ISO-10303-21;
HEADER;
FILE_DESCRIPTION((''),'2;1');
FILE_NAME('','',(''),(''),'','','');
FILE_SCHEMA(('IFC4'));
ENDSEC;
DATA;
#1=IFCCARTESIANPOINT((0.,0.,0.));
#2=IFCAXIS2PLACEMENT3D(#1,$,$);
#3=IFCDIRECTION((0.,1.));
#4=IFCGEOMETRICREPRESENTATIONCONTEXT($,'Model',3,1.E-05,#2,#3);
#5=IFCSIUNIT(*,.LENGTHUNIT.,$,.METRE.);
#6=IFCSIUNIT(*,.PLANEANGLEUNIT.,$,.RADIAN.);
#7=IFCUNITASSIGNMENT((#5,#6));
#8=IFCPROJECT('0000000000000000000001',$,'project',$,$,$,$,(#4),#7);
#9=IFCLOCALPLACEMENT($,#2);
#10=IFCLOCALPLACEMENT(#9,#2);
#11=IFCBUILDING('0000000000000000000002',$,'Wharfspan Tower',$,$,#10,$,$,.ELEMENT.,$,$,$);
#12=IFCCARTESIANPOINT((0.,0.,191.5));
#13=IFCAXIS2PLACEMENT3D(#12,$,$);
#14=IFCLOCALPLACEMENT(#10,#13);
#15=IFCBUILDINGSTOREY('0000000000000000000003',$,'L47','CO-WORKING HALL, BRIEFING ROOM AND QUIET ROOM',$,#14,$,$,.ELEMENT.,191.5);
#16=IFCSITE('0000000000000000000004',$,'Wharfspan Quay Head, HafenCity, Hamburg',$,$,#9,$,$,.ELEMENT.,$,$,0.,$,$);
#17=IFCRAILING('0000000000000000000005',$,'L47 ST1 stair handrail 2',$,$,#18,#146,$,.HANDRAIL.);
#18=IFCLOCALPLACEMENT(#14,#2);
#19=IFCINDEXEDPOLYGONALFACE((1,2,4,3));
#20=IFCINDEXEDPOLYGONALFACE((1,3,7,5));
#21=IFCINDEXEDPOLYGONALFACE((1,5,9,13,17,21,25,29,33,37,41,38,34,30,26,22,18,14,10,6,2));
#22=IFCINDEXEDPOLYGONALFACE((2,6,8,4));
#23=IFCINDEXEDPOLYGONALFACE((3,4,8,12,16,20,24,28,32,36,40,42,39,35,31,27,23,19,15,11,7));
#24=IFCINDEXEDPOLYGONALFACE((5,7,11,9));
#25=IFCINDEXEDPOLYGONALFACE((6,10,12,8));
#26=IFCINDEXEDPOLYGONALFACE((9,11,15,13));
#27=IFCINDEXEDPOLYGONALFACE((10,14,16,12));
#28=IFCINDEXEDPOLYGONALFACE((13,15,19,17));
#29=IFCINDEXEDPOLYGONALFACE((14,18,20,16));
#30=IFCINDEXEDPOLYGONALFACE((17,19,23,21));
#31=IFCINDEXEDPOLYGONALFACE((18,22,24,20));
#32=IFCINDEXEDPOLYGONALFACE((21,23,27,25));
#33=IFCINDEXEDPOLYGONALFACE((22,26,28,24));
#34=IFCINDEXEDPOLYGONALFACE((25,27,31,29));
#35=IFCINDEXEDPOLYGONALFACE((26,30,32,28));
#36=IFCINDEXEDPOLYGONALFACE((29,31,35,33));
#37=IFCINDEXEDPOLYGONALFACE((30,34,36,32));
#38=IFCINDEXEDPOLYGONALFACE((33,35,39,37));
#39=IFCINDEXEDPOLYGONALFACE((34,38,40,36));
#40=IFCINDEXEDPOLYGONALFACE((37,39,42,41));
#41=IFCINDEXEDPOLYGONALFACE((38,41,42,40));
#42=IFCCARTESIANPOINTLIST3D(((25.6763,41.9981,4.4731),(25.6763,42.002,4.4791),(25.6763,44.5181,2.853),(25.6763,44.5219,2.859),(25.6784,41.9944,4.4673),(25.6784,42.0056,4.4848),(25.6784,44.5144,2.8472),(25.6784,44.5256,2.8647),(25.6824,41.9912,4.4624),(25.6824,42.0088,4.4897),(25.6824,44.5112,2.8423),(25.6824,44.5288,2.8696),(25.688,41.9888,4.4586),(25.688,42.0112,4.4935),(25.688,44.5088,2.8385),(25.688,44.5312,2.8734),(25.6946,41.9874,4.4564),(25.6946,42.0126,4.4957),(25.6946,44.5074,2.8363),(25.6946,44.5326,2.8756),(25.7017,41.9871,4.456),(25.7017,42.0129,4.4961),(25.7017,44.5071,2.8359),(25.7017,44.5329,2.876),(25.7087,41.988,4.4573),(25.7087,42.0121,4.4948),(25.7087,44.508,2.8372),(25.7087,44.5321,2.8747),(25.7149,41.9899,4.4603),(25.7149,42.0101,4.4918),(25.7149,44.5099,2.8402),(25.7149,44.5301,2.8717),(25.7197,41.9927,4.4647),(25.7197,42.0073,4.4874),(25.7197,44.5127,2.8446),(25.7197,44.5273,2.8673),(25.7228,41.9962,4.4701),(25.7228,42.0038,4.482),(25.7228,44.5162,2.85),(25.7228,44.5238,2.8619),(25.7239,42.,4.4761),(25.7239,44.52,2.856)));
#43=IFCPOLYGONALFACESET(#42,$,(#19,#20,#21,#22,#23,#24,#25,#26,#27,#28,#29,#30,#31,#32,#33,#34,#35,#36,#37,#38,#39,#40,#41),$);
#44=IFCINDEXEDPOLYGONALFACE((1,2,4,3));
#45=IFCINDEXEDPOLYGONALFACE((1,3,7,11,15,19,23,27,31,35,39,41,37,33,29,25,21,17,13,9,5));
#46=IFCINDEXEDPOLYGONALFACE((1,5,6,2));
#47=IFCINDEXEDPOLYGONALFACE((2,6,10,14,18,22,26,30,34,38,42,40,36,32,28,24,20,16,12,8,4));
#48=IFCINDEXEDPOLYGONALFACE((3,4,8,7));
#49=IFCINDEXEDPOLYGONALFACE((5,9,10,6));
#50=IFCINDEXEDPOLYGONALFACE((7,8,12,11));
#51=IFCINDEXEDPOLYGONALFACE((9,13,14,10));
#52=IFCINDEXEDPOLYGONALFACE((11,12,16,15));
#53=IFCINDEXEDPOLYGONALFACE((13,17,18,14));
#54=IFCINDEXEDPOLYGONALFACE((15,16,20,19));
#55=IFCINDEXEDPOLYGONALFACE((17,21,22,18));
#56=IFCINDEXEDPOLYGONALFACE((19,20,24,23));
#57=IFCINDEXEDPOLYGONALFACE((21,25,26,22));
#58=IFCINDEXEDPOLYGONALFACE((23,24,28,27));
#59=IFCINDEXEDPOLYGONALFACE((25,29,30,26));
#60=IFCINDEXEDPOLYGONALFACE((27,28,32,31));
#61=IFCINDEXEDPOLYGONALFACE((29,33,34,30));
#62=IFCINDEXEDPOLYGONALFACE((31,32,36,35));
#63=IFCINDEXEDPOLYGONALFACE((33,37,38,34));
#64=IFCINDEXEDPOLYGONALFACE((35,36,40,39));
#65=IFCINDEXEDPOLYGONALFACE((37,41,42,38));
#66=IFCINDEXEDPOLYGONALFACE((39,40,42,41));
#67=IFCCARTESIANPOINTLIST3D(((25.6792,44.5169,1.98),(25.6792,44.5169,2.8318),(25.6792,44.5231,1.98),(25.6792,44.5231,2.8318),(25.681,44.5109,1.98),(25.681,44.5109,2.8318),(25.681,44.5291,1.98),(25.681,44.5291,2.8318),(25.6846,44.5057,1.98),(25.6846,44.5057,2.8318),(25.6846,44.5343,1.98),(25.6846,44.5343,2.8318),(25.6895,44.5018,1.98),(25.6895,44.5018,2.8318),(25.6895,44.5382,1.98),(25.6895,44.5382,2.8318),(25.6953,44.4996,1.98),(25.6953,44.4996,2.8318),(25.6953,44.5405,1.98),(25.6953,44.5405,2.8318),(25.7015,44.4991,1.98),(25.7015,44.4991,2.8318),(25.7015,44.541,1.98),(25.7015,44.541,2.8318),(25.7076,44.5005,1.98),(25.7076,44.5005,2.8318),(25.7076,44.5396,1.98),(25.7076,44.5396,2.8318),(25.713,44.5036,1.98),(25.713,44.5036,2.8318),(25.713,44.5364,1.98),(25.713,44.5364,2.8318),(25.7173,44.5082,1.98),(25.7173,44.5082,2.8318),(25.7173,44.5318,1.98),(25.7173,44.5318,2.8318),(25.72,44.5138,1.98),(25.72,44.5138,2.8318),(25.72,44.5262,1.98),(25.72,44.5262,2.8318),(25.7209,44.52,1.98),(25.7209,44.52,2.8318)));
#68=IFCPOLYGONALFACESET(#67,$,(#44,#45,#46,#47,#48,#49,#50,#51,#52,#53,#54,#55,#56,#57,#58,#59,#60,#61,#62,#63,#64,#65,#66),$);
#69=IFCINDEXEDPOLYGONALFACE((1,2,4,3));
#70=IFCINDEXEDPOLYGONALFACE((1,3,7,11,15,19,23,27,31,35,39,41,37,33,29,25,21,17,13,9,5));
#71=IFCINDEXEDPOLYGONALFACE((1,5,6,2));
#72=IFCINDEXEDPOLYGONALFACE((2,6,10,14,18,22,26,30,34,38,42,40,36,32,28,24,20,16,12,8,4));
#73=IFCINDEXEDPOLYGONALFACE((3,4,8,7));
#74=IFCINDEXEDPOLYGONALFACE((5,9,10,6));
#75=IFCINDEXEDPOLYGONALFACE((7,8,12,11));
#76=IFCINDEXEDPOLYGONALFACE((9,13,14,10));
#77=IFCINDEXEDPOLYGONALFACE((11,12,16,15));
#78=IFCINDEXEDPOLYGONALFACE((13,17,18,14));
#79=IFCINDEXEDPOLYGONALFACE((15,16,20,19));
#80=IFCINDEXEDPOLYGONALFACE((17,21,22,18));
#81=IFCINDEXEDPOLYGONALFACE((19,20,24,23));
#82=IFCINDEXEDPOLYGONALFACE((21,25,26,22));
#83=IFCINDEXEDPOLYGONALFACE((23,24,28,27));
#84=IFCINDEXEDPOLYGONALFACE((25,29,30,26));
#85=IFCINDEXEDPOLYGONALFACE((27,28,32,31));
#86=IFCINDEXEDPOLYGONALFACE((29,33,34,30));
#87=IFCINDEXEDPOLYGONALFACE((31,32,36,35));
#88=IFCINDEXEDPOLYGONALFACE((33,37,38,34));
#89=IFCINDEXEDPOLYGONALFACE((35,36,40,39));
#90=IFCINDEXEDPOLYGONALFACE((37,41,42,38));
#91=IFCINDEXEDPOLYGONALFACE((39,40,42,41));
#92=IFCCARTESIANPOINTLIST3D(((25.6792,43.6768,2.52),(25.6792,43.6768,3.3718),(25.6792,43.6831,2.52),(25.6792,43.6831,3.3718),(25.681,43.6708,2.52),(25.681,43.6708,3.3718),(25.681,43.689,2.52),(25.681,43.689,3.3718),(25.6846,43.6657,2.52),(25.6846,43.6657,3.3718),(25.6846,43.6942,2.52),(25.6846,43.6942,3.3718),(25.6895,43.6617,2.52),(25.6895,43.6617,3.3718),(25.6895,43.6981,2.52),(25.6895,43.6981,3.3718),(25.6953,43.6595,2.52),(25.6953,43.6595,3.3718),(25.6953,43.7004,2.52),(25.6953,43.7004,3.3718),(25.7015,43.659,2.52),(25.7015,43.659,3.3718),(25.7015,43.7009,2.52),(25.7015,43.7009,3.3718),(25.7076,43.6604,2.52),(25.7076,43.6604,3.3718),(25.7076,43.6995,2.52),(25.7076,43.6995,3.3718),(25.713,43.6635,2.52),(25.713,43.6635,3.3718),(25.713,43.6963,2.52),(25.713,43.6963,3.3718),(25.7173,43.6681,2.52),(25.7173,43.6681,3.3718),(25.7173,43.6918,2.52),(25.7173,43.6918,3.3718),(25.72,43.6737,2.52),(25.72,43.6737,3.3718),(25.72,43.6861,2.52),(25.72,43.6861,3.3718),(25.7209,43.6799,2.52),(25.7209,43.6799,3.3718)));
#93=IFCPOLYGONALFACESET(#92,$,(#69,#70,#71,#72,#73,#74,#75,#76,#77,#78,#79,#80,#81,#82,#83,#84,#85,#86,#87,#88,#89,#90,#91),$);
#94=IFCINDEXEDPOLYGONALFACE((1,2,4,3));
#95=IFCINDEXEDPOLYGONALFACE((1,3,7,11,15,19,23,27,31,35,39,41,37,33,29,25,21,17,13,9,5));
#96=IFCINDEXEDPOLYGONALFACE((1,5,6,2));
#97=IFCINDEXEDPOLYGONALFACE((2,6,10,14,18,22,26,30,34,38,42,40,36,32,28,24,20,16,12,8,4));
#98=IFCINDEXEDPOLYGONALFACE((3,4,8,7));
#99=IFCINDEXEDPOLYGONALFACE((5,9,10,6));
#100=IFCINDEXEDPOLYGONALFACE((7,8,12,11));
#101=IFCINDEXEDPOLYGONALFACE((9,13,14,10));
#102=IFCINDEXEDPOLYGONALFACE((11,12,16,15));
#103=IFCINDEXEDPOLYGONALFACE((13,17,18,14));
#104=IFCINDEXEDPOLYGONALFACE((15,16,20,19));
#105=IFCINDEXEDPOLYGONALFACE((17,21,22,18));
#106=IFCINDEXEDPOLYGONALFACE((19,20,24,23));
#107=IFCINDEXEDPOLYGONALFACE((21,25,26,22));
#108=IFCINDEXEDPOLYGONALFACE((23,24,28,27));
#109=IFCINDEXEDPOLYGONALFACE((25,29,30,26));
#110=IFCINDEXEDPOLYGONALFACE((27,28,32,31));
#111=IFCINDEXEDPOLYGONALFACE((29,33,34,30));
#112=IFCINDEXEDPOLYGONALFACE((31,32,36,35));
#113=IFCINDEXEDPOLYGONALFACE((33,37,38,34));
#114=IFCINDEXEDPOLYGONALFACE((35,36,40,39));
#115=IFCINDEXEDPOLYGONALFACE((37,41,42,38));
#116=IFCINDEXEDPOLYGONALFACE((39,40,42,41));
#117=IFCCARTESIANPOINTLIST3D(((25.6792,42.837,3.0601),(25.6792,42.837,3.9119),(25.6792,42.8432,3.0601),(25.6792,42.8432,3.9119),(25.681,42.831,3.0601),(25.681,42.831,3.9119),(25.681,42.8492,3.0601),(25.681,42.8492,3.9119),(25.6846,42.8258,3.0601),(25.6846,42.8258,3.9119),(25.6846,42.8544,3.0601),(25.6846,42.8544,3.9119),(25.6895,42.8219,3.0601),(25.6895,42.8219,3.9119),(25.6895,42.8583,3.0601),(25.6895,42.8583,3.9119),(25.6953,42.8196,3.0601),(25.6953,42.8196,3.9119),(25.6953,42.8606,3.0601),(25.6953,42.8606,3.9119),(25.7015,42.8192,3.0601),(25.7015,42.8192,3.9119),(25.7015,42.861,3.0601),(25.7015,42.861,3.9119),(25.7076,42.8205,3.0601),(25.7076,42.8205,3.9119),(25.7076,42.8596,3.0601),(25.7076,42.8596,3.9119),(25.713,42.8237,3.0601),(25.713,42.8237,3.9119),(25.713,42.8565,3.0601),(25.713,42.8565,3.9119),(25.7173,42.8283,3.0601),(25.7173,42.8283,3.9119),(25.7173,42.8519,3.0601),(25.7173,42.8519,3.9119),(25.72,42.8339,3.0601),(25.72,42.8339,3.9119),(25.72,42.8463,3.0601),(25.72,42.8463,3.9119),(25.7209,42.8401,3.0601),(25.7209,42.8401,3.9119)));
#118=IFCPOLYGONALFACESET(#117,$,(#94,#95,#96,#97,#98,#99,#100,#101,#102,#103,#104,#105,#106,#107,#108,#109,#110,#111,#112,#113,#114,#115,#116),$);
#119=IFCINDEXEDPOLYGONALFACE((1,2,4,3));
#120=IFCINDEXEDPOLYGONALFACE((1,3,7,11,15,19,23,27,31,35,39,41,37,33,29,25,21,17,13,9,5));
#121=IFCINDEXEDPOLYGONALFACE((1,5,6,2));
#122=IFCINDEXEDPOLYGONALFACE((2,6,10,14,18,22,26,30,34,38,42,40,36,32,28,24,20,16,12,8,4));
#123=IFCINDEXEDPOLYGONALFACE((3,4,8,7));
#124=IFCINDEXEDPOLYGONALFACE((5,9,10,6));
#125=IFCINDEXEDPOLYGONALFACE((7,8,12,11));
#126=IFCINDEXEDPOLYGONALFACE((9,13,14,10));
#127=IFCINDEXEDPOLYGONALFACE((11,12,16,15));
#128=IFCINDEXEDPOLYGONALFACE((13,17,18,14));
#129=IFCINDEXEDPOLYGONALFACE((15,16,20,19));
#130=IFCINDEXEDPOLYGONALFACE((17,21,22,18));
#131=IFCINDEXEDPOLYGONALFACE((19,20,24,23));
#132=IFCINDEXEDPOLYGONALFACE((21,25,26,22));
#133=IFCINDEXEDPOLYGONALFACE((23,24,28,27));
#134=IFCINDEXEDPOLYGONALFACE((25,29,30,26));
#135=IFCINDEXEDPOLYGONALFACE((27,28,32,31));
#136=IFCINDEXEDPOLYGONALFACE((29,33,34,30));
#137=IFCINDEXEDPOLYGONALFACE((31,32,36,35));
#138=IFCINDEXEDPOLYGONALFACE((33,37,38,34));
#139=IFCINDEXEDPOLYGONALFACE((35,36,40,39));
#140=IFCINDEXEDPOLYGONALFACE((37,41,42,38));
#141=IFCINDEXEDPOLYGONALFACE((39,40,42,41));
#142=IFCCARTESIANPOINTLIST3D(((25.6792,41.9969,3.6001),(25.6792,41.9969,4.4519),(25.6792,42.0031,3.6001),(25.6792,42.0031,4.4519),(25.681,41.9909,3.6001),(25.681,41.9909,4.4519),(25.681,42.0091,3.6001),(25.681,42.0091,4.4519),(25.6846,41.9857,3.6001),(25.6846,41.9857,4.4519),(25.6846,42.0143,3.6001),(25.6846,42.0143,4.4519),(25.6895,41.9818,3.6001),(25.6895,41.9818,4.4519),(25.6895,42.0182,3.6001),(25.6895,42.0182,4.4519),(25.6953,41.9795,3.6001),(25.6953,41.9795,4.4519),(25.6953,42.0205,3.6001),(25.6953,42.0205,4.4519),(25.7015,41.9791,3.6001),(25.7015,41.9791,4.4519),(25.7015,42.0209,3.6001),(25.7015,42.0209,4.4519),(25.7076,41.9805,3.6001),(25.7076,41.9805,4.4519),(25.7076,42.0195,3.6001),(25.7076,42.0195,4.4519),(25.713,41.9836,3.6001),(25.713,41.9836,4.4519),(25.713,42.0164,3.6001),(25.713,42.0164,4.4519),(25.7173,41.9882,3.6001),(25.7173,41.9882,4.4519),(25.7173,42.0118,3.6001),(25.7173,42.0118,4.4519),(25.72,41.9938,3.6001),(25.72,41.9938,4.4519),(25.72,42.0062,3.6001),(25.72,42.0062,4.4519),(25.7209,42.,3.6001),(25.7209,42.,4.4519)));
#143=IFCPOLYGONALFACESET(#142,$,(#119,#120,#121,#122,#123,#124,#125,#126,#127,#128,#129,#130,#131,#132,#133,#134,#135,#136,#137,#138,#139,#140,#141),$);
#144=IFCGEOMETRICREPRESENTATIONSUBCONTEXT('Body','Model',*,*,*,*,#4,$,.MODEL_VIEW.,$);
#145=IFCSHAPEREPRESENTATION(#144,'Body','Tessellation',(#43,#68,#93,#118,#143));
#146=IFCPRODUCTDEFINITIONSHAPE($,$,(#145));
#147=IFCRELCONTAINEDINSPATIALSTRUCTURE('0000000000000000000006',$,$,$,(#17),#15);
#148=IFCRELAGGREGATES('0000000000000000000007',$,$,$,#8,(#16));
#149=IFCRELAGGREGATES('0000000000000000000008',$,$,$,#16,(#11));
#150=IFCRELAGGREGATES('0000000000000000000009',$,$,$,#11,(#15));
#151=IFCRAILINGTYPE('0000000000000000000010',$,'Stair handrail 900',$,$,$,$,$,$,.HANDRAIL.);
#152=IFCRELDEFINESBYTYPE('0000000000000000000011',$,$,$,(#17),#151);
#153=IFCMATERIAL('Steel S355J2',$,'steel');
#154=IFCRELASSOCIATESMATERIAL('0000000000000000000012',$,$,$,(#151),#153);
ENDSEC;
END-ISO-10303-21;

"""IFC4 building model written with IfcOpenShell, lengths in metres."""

from ifc_helpers import new_model, si_unit, direction, frame, origin, origin_2d, place, context, subcontext, project, spatial, circle, extrude, material, type_object, element, save


model = new_model("IFC4")

# Units and contexts
model_context = context("Model", 3, precision=1e-05, world=origin(), true_north=direction((0.0, 1.0)))
body_context = subcontext(model_context, "Body", "Model", "MODEL_VIEW")
ifc_project = project(units=[si_unit("LENGTHUNIT", "METRE"), si_unit("PLANEANGLEUNIT", "RADIAN")], contexts=[model_context])

# Site, building, storey
site_placement = place(None, origin())
site = spatial("IfcSite", under=ifc_project, at=site_placement, Name="Wharfspan Quay Head, HafenCity, Hamburg", CompositionType="ELEMENT", RefElevation=0.0)
building_placement = place(site_placement, origin())
building = spatial("IfcBuilding", under=site, at=building_placement, Name="Wharfspan Tower", CompositionType="ELEMENT")
storey_placement = place(building_placement, frame((0.0, 0.0, 191.5)))
storey = spatial("IfcBuildingStorey", under=building, at=storey_placement, Name="L47", Description="CO-WORKING HALL, BRIEFING ROOM AND QUIET ROOM", CompositionType="ELEMENT", Elevation=191.5)

# Shared definitions
ifc_material_1 = material(Name="Steel S355J2", Category="steel")

# Railing
railing_type = type_object("IfcRailingType", Name="Stair handrail 900", PredefinedType="HANDRAIL", material=ifc_material_1)
railing_placement = place(storey_placement, frame((25.7, 44.52, 1.98)))
element("IfcRailing", 1, at=railing_placement, inside=storey, type_object=railing_type, Name="L47 ST1 stair handrail 2", PredefinedType="HANDRAIL", context=body_context, shape_type="SweptSolid", body=[
    extrude(circle(Radius=0.0239, at=origin_2d()), frame((0.0, 0.0, 0.876), z_axis=(0.0, -0.841163, 0.540782), x_axis=(1.0, 0.0, 0.0)), (0.0, 0.0, 1.0), 2.9958),
    extrude(circle(Radius=0.021, at=origin_2d()), origin(), (0.0, 0.0, 1.0), 0.8518),
    extrude(circle(Radius=0.021, at=origin_2d()), frame((0.0, -0.8401, 0.54)), (0.0, 0.0, 1.0), 0.8518),
    extrude(circle(Radius=0.021, at=origin_2d()), frame((0.0, -1.6799, 1.0801)), (0.0, 0.0, 1.0), 0.8518),
    extrude(circle(Radius=0.021, at=origin_2d()), frame((0.0, -2.52, 1.6201)), (0.0, 0.0, 1.0), 0.8518),
])

save(model, "model.ifc")
